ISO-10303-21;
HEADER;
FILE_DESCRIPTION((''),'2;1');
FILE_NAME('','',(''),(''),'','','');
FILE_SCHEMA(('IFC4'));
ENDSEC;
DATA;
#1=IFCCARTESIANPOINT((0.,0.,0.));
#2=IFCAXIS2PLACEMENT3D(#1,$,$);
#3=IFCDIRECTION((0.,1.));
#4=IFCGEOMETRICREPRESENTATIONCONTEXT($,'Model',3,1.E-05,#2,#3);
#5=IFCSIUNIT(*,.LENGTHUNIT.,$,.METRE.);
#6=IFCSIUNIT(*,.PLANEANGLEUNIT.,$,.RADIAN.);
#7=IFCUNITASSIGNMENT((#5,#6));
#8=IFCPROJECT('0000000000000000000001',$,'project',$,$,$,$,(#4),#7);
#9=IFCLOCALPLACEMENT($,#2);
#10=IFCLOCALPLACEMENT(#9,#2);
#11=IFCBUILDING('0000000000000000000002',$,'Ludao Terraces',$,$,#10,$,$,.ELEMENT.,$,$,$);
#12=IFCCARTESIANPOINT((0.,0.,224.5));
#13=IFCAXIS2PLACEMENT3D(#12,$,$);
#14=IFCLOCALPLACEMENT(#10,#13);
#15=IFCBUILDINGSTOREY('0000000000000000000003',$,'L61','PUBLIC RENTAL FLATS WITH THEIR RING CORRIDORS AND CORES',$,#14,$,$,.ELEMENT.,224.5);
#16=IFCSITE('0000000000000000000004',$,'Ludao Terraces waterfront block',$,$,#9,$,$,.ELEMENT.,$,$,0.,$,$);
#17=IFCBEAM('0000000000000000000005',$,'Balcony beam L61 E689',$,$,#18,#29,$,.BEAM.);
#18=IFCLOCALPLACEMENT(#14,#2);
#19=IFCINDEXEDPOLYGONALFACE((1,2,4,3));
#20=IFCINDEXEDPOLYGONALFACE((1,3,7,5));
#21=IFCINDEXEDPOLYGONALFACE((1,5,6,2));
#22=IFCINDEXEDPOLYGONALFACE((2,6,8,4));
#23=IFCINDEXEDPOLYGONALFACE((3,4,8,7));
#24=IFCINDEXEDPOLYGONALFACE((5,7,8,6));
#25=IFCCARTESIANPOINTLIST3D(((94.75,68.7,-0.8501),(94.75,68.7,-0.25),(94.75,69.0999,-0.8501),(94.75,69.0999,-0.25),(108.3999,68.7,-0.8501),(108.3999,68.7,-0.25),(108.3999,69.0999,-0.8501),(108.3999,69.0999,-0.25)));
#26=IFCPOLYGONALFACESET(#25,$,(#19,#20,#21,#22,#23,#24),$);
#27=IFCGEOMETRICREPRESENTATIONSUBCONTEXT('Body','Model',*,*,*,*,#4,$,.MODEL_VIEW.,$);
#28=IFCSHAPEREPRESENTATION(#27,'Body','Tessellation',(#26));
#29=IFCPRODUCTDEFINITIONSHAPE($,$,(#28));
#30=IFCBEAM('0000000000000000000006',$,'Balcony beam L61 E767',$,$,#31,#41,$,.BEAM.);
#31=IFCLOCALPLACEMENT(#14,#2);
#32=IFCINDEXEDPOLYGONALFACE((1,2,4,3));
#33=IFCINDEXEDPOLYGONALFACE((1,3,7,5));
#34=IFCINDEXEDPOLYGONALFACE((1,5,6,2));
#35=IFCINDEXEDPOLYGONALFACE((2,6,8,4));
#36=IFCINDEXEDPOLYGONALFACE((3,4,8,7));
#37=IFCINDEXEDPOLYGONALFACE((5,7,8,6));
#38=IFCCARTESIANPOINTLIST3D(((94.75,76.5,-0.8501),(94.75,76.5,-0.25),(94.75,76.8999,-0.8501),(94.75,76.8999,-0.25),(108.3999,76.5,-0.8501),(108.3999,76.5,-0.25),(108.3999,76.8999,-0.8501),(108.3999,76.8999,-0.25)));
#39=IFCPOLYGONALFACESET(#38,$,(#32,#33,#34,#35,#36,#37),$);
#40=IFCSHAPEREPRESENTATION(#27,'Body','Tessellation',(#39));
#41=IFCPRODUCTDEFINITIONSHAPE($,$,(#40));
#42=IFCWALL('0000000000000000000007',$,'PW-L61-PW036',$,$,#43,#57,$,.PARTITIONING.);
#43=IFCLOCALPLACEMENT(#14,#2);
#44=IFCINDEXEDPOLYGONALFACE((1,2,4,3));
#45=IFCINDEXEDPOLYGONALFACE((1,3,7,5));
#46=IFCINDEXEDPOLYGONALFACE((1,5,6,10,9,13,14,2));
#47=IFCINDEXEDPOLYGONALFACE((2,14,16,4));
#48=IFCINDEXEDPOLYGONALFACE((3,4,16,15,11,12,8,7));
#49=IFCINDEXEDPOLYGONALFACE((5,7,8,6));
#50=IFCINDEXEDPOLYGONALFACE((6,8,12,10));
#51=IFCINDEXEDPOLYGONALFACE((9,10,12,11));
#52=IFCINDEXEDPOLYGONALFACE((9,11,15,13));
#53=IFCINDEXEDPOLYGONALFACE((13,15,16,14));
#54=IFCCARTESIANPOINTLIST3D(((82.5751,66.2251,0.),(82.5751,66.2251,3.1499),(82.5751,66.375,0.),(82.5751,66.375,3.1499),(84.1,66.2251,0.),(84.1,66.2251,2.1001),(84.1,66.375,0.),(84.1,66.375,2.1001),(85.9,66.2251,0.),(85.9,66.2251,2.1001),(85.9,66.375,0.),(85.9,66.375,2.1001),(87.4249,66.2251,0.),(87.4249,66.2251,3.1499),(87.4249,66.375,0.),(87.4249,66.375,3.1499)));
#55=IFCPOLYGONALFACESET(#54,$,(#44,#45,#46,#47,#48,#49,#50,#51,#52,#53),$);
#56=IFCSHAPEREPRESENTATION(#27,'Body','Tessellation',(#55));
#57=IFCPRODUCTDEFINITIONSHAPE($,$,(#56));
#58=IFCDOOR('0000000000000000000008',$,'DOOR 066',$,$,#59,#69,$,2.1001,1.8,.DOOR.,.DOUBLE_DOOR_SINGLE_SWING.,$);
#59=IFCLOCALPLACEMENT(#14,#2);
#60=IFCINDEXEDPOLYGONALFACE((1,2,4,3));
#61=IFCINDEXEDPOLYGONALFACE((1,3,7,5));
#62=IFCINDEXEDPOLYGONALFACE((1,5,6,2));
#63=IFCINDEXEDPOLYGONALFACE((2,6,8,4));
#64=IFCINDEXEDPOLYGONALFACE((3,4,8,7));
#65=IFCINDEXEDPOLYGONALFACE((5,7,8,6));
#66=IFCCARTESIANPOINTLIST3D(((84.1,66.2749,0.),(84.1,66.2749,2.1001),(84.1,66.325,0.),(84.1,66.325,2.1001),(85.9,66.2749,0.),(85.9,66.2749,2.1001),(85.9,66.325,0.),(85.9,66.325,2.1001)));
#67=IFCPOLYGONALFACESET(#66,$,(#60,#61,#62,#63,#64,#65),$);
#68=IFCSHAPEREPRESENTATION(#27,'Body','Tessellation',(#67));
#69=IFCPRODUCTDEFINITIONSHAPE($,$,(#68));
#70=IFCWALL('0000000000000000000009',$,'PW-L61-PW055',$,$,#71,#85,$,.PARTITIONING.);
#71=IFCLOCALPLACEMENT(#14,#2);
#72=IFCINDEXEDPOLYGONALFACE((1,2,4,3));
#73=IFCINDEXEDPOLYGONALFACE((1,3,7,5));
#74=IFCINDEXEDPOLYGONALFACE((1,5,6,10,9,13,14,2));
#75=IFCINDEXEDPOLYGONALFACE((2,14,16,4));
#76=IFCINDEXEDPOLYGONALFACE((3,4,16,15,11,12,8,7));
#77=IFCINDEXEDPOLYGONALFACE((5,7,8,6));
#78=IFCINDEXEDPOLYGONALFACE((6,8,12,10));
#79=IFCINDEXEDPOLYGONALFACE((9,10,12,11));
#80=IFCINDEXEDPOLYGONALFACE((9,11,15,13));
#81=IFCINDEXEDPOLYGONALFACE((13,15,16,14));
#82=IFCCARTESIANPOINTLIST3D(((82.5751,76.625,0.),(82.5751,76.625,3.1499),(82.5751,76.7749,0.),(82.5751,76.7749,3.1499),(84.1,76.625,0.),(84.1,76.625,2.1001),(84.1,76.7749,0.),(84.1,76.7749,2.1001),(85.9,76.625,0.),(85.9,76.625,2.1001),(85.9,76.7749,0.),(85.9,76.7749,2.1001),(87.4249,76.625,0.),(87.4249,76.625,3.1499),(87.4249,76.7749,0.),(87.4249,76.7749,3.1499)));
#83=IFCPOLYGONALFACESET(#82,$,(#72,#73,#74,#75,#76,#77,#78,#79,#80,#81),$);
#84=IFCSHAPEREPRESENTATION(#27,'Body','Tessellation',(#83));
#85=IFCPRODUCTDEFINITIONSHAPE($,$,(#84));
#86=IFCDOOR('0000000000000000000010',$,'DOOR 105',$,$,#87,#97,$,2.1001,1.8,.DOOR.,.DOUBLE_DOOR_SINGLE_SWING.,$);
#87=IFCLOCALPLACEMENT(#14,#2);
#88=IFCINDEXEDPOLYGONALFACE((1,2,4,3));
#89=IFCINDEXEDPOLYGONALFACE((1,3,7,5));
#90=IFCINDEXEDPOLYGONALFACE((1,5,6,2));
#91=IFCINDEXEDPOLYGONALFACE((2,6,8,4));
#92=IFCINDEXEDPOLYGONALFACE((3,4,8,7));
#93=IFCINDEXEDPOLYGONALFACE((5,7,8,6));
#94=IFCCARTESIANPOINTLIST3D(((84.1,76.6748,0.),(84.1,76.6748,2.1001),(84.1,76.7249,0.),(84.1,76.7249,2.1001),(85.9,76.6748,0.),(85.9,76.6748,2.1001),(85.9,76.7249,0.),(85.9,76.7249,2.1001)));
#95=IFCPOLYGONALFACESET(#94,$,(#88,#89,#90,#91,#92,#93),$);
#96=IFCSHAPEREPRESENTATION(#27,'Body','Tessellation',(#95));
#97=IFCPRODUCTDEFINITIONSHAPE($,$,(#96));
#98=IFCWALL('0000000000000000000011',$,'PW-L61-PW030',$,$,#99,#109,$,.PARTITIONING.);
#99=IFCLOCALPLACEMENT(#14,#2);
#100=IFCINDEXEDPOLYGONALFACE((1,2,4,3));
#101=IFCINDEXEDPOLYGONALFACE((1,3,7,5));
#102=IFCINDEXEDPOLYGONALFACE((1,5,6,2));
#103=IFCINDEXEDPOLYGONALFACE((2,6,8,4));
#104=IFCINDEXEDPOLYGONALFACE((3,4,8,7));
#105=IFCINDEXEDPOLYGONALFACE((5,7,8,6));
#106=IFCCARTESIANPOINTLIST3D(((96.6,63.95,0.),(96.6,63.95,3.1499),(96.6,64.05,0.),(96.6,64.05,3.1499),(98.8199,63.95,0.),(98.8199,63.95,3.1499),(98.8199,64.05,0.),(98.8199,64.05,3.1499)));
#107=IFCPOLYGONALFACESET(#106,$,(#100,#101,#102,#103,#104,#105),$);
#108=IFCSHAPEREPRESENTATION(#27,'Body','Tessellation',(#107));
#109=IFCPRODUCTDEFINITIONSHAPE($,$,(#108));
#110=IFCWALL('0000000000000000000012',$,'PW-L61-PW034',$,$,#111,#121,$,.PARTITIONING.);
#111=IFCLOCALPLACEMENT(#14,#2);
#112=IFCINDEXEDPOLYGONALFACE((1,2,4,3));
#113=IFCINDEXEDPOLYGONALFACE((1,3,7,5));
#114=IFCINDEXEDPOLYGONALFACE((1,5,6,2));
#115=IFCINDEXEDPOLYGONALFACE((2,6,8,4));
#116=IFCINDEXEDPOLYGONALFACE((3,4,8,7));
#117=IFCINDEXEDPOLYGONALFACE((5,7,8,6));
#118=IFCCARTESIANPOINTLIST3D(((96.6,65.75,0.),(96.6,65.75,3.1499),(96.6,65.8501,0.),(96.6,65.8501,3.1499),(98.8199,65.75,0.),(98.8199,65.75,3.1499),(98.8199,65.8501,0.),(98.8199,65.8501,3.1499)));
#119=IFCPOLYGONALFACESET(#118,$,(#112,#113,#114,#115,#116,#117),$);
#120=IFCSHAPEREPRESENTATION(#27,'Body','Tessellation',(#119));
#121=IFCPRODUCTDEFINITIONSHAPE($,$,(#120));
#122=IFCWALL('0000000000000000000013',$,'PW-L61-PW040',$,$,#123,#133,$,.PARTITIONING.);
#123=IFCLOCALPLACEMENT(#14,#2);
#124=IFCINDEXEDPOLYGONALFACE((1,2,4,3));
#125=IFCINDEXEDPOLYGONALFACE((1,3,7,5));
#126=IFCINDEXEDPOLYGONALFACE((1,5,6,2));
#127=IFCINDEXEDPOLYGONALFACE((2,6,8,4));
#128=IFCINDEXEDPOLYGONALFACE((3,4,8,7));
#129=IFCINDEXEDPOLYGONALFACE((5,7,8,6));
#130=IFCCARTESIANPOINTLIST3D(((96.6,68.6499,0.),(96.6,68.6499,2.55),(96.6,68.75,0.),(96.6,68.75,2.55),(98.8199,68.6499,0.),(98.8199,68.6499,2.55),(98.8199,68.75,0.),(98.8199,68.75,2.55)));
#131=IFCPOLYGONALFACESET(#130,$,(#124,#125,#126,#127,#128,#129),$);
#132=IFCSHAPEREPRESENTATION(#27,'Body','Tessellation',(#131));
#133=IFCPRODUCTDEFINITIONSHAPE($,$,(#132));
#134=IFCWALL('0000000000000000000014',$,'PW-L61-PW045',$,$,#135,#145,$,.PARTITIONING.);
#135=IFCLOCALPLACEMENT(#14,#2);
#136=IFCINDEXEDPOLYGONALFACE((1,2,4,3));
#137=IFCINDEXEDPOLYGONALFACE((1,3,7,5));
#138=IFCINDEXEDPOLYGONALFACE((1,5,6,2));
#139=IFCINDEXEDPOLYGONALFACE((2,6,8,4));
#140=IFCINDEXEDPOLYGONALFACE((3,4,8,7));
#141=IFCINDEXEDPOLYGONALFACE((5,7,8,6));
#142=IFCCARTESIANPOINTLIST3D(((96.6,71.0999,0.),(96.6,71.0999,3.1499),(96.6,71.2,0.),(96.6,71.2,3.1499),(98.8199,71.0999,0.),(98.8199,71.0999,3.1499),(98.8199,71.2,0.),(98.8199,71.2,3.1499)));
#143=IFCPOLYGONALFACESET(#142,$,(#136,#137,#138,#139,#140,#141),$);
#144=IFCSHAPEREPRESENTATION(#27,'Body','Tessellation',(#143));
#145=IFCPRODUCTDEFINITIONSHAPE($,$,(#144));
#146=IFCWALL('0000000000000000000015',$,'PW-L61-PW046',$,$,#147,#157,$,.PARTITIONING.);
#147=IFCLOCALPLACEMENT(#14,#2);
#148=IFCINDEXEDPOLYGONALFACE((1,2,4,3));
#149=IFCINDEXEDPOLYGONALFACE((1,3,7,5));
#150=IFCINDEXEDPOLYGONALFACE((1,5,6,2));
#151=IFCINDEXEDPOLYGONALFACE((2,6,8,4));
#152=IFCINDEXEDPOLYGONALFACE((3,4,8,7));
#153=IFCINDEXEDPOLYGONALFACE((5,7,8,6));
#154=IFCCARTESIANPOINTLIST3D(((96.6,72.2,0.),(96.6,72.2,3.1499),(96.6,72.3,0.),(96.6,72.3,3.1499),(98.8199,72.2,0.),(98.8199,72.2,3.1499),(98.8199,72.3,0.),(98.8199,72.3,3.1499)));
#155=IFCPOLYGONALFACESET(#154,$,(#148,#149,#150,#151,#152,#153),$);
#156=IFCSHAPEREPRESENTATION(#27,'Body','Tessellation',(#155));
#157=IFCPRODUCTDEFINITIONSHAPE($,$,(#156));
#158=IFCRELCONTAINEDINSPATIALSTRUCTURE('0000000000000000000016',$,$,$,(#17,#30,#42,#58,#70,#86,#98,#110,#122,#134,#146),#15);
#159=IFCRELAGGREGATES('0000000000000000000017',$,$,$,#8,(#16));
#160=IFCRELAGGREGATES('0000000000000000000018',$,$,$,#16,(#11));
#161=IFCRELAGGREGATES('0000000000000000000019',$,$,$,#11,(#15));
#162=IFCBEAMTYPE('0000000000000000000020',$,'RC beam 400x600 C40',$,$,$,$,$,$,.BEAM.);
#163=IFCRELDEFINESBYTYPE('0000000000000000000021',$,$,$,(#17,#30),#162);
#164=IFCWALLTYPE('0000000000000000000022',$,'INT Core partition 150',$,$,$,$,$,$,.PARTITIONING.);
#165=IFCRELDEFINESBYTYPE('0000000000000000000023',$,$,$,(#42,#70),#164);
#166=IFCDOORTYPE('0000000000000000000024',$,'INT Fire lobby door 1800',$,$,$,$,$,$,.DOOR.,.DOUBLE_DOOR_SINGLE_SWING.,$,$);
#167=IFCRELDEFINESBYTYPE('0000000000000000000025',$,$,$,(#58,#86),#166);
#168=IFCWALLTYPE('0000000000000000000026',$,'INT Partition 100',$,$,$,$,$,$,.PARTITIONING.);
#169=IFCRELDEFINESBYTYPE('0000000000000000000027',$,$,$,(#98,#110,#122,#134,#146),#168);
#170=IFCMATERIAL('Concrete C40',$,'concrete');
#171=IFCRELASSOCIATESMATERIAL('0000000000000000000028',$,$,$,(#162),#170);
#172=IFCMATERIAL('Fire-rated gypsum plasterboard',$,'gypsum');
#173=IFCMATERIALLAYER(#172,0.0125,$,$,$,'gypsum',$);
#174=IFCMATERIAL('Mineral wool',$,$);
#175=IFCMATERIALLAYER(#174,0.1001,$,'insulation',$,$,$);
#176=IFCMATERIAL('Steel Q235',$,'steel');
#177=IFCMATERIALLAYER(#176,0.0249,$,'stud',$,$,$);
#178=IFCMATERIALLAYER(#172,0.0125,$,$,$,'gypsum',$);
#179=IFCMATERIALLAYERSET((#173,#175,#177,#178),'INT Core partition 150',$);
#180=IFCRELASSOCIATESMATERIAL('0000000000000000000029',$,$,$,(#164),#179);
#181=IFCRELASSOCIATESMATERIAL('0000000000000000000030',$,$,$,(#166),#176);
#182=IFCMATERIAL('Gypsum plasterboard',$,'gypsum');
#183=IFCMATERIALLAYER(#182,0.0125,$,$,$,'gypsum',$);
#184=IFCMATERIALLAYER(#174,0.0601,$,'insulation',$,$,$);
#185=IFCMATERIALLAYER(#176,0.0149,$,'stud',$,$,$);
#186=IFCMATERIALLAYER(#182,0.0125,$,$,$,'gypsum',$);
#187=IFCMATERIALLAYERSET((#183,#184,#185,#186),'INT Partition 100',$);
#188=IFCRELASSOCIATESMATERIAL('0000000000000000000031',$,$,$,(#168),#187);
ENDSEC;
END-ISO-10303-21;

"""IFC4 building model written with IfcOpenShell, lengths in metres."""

from ifc_helpers import new_model, si_unit, direction, frame, frame_2d, origin, origin_2d, place, context, subcontext, project, spatial, rectangle, extrude, material, layer, layer_set, material_profile, profile_set, type_object, element, fill, save


model = new_model("IFC4")

# Units and contexts
model_context = context("Model", 3, precision=1e-05, world=origin(), true_north=direction((0.0, 1.0)))
body_context = subcontext(model_context, "Body", "Model", "MODEL_VIEW")
ifc_project = project(units=[si_unit("LENGTHUNIT", "METRE"), si_unit("PLANEANGLEUNIT", "RADIAN")], contexts=[model_context])

# Site, building, storey
site_placement = place(None, origin())
site = spatial("IfcSite", under=ifc_project, at=site_placement, Name="Ludao Terraces waterfront block", CompositionType="ELEMENT", RefElevation=0.0)
building_placement = place(site_placement, origin())
building = spatial("IfcBuilding", under=site, at=building_placement, Name="Ludao Terraces", CompositionType="ELEMENT")
storey_placement = place(building_placement, frame((0.0, 0.0, 224.5)))
storey = spatial("IfcBuildingStorey", under=building, at=storey_placement, Name="L61", Description="PUBLIC RENTAL FLATS WITH THEIR RING CORRIDORS AND CORES", CompositionType="ELEMENT", Elevation=224.5)

# Beams
ifc_material_1 = material(Name="Concrete C40", Category="concrete")
ifc_material_profile = material_profile(ifc_material_1, rectangle(XDim=0.3999, YDim=0.6001, at=origin_2d()), Name="400 X 600")
ifc_profile_set = profile_set([ifc_material_profile], Name="Concrete C40")
beam_type = type_object("IfcBeamType", Name="RC beam 400x600 C40", PredefinedType="BEAM", material=ifc_profile_set)
for number, where, z_axis, x_axis, name in (
    (1, (94.75, 68.8999, -0.55), (1.0, 0.0, 0.0), (0.0, 1.0, 0.0), "Balcony beam L61 E689"),
    (2, (94.75, 76.7, -0.55), (1.0, 0.0, 0.0), (0.0, 1.0, 0.0), "Balcony beam L61 E767"),
):
    element("IfcBeam", number, at=place(storey_placement, frame(where, z_axis=z_axis, x_axis=x_axis)), inside=storey, type_object=beam_type, Name=name, PredefinedType="BEAM", context=body_context, shape_type="SweptSolid", body=[
        extrude(rectangle(XDim=0.3999, YDim=0.6001, at=origin_2d()), origin(), (0.0, 0.0, 1.0), 13.6499),
    ])

# Walls, openings, doors
ifc_material_2 = material(Name="Fire-rated gypsum plasterboard", Category="gypsum")
ifc_layer_1 = layer(ifc_material_2, 0.0125, Category="gypsum")
ifc_material_3 = material(Name="Mineral wool")
ifc_layer_2 = layer(ifc_material_3, 0.1001, Name="insulation")
ifc_material_4 = material(Name="Steel Q235", Category="steel")
ifc_layer_3 = layer(ifc_material_4, 0.0249, Name="stud")
ifc_layer_4 = layer(ifc_material_2, 0.0125, Category="gypsum")
ifc_layer_set_1 = layer_set([ifc_layer_1, ifc_layer_2, ifc_layer_3, ifc_layer_4], Name="INT Core partition 150")
wall_type_1 = type_object("IfcWallType", Name="INT Core partition 150", PredefinedType="PARTITIONING", material=ifc_layer_set_1)
wall_1_placement = place(storey_placement, frame((82.5752, 66.3, 0.0), z_axis=(0.0, 0.0, 1.0), x_axis=(1.0, 0.0, 0.0)))
wall_1 = element("IfcWall", 3, at=wall_1_placement, inside=storey, type_object=wall_type_1, Name="PW-L61-PW036", PredefinedType="PARTITIONING", context=body_context, shape_type="SweptSolid", body=[
    extrude(rectangle(XDim=4.8499, YDim=0.1499, at=frame_2d((2.4248, 0.0))), origin(), (0.0, 0.0, 1.0), 3.1499),
])
opening_1_placement = place(wall_1_placement, frame((1.5249, 0.0, 0.0)))
opening_1 = element("IfcOpeningElement", 4, at=opening_1_placement, cuts=wall_1, PredefinedType="OPENING", context=body_context, shape_type="SweptSolid", body=[
    extrude(rectangle(XDim=1.8, YDim=2.1001, at=frame_2d((0.8999, 1.05))), frame((0.0, 0.085, 0.0), z_axis=(0.0, -1.0, 0.0), x_axis=(1.0, 0.0, 0.0)), (0.0, 0.0, 1.0), 0.1699),
])
door_type_1 = type_object("IfcDoorType", Name="INT Fire lobby door 1800", OperationType="DOUBLE_DOOR_SINGLE_SWING", PredefinedType="DOOR", material=ifc_material_4)
door_1_placement = place(opening_1_placement, origin())
door_1 = element("IfcDoor", 5, at=door_1_placement, inside=storey, type_object=door_type_1, Name="DOOR 066", OperationType="DOUBLE_DOOR_SINGLE_SWING", OverallHeight=2.1001, OverallWidth=1.8, PredefinedType="DOOR", context=body_context, shape_type="SweptSolid", body=[
    extrude(rectangle(XDim=1.8, YDim=2.1001, at=frame_2d((0.8999, 1.05))), frame((0.0, 0.0249, 0.0), z_axis=(0.0, -1.0, 0.0), x_axis=(1.0, 0.0, 0.0)), (0.0, 0.0, 1.0), 0.05),
])
fill(opening_1, door_1)
wall_2_placement = place(storey_placement, frame((82.5752, 76.7, 0.0), z_axis=(0.0, 0.0, 1.0), x_axis=(1.0, 0.0, 0.0)))
wall_2 = element("IfcWall", 6, at=wall_2_placement, inside=storey, type_object=wall_type_1, Name="PW-L61-PW055", PredefinedType="PARTITIONING", context=body_context, shape_type="SweptSolid", body=[
    extrude(rectangle(XDim=4.8499, YDim=0.1499, at=frame_2d((2.4248, 0.0))), origin(), (0.0, 0.0, 1.0), 3.1499),
])
opening_2_placement = place(wall_2_placement, frame((1.5249, 0.0, 0.0)))
opening_2 = element("IfcOpeningElement", 7, at=opening_2_placement, cuts=wall_2, PredefinedType="OPENING", context=body_context, shape_type="SweptSolid", body=[
    extrude(rectangle(XDim=1.8, YDim=2.1001, at=frame_2d((0.8999, 1.05))), frame((0.0, 0.085, 0.0), z_axis=(0.0, -1.0, 0.0), x_axis=(1.0, 0.0, 0.0)), (0.0, 0.0, 1.0), 0.1699),
])
door_2_placement = place(opening_2_placement, origin())
door_2 = element("IfcDoor", 8, at=door_2_placement, inside=storey, type_object=door_type_1, Name="DOOR 105", OperationType="DOUBLE_DOOR_SINGLE_SWING", OverallHeight=2.1001, OverallWidth=1.8, PredefinedType="DOOR", context=body_context, shape_type="SweptSolid", body=[
    extrude(rectangle(XDim=1.8, YDim=2.1001, at=frame_2d((0.8999, 1.05))), frame((0.0, 0.0249, 0.0), z_axis=(0.0, -1.0, 0.0), x_axis=(1.0, 0.0, 0.0)), (0.0, 0.0, 1.0), 0.05),
])
fill(opening_2, door_2)

# Walls
ifc_material_5 = material(Name="Gypsum plasterboard", Category="gypsum")
ifc_layer_5 = layer(ifc_material_5, 0.0125, Category="gypsum")
ifc_layer_6 = layer(ifc_material_3, 0.0601, Name="insulation")
ifc_layer_7 = layer(ifc_material_4, 0.0149, Name="stud")
ifc_layer_8 = layer(ifc_material_5, 0.0125, Category="gypsum")
ifc_layer_set_2 = layer_set([ifc_layer_5, ifc_layer_6, ifc_layer_7, ifc_layer_8], Name="INT Partition 100")
wall_type_2 = type_object("IfcWallType", Name="INT Partition 100", PredefinedType="PARTITIONING", material=ifc_layer_set_2)
for number, where, z_axis, x_axis, name in (
    (9, (96.6001, 64.0, 0.0), (0.0, 0.0, 1.0), (1.0, 0.0, 0.0), "PW-L61-PW030"),
    (10, (96.6001, 65.8, 0.0), (0.0, 0.0, 1.0), (1.0, 0.0, 0.0), "PW-L61-PW034"),
):
    element("IfcWall", number, at=place(storey_placement, frame(where, z_axis=z_axis, x_axis=x_axis)), inside=storey, type_object=wall_type_2, Name=name, PredefinedType="PARTITIONING", context=body_context, shape_type="SweptSolid", body=[
        extrude(rectangle(XDim=2.22, YDim=0.1001, at=frame_2d((1.1099, 0.0))), origin(), (0.0, 0.0, 1.0), 3.1499),
    ])
wall_3_placement = place(storey_placement, frame((96.6001, 68.7, 0.0), z_axis=(0.0, 0.0, 1.0), x_axis=(1.0, 0.0, 0.0)))
element("IfcWall", 11, at=wall_3_placement, inside=storey, type_object=wall_type_2, Name="PW-L61-PW040", PredefinedType="PARTITIONING", context=body_context, shape_type="SweptSolid", body=[
    extrude(rectangle(XDim=2.22, YDim=0.1001, at=frame_2d((1.1099, 0.0))), origin(), (0.0, 0.0, 1.0), 2.55),
])
for number, where, z_axis, x_axis, name in (
    (12, (96.6001, 71.1499, 0.0), (0.0, 0.0, 1.0), (1.0, 0.0, 0.0), "PW-L61-PW045"),
    (13, (96.6001, 72.25, 0.0), (0.0, 0.0, 1.0), (1.0, 0.0, 0.0), "PW-L61-PW046"),
):
    element("IfcWall", number, at=place(storey_placement, frame(where, z_axis=z_axis, x_axis=x_axis)), inside=storey, type_object=wall_type_2, Name=name, PredefinedType="PARTITIONING", context=body_context, shape_type="SweptSolid", body=[
        extrude(rectangle(XDim=2.22, YDim=0.1001, at=frame_2d((1.1099, 0.0))), origin(), (0.0, 0.0, 1.0), 3.1499),
    ])

save(model, "model.ifc")
